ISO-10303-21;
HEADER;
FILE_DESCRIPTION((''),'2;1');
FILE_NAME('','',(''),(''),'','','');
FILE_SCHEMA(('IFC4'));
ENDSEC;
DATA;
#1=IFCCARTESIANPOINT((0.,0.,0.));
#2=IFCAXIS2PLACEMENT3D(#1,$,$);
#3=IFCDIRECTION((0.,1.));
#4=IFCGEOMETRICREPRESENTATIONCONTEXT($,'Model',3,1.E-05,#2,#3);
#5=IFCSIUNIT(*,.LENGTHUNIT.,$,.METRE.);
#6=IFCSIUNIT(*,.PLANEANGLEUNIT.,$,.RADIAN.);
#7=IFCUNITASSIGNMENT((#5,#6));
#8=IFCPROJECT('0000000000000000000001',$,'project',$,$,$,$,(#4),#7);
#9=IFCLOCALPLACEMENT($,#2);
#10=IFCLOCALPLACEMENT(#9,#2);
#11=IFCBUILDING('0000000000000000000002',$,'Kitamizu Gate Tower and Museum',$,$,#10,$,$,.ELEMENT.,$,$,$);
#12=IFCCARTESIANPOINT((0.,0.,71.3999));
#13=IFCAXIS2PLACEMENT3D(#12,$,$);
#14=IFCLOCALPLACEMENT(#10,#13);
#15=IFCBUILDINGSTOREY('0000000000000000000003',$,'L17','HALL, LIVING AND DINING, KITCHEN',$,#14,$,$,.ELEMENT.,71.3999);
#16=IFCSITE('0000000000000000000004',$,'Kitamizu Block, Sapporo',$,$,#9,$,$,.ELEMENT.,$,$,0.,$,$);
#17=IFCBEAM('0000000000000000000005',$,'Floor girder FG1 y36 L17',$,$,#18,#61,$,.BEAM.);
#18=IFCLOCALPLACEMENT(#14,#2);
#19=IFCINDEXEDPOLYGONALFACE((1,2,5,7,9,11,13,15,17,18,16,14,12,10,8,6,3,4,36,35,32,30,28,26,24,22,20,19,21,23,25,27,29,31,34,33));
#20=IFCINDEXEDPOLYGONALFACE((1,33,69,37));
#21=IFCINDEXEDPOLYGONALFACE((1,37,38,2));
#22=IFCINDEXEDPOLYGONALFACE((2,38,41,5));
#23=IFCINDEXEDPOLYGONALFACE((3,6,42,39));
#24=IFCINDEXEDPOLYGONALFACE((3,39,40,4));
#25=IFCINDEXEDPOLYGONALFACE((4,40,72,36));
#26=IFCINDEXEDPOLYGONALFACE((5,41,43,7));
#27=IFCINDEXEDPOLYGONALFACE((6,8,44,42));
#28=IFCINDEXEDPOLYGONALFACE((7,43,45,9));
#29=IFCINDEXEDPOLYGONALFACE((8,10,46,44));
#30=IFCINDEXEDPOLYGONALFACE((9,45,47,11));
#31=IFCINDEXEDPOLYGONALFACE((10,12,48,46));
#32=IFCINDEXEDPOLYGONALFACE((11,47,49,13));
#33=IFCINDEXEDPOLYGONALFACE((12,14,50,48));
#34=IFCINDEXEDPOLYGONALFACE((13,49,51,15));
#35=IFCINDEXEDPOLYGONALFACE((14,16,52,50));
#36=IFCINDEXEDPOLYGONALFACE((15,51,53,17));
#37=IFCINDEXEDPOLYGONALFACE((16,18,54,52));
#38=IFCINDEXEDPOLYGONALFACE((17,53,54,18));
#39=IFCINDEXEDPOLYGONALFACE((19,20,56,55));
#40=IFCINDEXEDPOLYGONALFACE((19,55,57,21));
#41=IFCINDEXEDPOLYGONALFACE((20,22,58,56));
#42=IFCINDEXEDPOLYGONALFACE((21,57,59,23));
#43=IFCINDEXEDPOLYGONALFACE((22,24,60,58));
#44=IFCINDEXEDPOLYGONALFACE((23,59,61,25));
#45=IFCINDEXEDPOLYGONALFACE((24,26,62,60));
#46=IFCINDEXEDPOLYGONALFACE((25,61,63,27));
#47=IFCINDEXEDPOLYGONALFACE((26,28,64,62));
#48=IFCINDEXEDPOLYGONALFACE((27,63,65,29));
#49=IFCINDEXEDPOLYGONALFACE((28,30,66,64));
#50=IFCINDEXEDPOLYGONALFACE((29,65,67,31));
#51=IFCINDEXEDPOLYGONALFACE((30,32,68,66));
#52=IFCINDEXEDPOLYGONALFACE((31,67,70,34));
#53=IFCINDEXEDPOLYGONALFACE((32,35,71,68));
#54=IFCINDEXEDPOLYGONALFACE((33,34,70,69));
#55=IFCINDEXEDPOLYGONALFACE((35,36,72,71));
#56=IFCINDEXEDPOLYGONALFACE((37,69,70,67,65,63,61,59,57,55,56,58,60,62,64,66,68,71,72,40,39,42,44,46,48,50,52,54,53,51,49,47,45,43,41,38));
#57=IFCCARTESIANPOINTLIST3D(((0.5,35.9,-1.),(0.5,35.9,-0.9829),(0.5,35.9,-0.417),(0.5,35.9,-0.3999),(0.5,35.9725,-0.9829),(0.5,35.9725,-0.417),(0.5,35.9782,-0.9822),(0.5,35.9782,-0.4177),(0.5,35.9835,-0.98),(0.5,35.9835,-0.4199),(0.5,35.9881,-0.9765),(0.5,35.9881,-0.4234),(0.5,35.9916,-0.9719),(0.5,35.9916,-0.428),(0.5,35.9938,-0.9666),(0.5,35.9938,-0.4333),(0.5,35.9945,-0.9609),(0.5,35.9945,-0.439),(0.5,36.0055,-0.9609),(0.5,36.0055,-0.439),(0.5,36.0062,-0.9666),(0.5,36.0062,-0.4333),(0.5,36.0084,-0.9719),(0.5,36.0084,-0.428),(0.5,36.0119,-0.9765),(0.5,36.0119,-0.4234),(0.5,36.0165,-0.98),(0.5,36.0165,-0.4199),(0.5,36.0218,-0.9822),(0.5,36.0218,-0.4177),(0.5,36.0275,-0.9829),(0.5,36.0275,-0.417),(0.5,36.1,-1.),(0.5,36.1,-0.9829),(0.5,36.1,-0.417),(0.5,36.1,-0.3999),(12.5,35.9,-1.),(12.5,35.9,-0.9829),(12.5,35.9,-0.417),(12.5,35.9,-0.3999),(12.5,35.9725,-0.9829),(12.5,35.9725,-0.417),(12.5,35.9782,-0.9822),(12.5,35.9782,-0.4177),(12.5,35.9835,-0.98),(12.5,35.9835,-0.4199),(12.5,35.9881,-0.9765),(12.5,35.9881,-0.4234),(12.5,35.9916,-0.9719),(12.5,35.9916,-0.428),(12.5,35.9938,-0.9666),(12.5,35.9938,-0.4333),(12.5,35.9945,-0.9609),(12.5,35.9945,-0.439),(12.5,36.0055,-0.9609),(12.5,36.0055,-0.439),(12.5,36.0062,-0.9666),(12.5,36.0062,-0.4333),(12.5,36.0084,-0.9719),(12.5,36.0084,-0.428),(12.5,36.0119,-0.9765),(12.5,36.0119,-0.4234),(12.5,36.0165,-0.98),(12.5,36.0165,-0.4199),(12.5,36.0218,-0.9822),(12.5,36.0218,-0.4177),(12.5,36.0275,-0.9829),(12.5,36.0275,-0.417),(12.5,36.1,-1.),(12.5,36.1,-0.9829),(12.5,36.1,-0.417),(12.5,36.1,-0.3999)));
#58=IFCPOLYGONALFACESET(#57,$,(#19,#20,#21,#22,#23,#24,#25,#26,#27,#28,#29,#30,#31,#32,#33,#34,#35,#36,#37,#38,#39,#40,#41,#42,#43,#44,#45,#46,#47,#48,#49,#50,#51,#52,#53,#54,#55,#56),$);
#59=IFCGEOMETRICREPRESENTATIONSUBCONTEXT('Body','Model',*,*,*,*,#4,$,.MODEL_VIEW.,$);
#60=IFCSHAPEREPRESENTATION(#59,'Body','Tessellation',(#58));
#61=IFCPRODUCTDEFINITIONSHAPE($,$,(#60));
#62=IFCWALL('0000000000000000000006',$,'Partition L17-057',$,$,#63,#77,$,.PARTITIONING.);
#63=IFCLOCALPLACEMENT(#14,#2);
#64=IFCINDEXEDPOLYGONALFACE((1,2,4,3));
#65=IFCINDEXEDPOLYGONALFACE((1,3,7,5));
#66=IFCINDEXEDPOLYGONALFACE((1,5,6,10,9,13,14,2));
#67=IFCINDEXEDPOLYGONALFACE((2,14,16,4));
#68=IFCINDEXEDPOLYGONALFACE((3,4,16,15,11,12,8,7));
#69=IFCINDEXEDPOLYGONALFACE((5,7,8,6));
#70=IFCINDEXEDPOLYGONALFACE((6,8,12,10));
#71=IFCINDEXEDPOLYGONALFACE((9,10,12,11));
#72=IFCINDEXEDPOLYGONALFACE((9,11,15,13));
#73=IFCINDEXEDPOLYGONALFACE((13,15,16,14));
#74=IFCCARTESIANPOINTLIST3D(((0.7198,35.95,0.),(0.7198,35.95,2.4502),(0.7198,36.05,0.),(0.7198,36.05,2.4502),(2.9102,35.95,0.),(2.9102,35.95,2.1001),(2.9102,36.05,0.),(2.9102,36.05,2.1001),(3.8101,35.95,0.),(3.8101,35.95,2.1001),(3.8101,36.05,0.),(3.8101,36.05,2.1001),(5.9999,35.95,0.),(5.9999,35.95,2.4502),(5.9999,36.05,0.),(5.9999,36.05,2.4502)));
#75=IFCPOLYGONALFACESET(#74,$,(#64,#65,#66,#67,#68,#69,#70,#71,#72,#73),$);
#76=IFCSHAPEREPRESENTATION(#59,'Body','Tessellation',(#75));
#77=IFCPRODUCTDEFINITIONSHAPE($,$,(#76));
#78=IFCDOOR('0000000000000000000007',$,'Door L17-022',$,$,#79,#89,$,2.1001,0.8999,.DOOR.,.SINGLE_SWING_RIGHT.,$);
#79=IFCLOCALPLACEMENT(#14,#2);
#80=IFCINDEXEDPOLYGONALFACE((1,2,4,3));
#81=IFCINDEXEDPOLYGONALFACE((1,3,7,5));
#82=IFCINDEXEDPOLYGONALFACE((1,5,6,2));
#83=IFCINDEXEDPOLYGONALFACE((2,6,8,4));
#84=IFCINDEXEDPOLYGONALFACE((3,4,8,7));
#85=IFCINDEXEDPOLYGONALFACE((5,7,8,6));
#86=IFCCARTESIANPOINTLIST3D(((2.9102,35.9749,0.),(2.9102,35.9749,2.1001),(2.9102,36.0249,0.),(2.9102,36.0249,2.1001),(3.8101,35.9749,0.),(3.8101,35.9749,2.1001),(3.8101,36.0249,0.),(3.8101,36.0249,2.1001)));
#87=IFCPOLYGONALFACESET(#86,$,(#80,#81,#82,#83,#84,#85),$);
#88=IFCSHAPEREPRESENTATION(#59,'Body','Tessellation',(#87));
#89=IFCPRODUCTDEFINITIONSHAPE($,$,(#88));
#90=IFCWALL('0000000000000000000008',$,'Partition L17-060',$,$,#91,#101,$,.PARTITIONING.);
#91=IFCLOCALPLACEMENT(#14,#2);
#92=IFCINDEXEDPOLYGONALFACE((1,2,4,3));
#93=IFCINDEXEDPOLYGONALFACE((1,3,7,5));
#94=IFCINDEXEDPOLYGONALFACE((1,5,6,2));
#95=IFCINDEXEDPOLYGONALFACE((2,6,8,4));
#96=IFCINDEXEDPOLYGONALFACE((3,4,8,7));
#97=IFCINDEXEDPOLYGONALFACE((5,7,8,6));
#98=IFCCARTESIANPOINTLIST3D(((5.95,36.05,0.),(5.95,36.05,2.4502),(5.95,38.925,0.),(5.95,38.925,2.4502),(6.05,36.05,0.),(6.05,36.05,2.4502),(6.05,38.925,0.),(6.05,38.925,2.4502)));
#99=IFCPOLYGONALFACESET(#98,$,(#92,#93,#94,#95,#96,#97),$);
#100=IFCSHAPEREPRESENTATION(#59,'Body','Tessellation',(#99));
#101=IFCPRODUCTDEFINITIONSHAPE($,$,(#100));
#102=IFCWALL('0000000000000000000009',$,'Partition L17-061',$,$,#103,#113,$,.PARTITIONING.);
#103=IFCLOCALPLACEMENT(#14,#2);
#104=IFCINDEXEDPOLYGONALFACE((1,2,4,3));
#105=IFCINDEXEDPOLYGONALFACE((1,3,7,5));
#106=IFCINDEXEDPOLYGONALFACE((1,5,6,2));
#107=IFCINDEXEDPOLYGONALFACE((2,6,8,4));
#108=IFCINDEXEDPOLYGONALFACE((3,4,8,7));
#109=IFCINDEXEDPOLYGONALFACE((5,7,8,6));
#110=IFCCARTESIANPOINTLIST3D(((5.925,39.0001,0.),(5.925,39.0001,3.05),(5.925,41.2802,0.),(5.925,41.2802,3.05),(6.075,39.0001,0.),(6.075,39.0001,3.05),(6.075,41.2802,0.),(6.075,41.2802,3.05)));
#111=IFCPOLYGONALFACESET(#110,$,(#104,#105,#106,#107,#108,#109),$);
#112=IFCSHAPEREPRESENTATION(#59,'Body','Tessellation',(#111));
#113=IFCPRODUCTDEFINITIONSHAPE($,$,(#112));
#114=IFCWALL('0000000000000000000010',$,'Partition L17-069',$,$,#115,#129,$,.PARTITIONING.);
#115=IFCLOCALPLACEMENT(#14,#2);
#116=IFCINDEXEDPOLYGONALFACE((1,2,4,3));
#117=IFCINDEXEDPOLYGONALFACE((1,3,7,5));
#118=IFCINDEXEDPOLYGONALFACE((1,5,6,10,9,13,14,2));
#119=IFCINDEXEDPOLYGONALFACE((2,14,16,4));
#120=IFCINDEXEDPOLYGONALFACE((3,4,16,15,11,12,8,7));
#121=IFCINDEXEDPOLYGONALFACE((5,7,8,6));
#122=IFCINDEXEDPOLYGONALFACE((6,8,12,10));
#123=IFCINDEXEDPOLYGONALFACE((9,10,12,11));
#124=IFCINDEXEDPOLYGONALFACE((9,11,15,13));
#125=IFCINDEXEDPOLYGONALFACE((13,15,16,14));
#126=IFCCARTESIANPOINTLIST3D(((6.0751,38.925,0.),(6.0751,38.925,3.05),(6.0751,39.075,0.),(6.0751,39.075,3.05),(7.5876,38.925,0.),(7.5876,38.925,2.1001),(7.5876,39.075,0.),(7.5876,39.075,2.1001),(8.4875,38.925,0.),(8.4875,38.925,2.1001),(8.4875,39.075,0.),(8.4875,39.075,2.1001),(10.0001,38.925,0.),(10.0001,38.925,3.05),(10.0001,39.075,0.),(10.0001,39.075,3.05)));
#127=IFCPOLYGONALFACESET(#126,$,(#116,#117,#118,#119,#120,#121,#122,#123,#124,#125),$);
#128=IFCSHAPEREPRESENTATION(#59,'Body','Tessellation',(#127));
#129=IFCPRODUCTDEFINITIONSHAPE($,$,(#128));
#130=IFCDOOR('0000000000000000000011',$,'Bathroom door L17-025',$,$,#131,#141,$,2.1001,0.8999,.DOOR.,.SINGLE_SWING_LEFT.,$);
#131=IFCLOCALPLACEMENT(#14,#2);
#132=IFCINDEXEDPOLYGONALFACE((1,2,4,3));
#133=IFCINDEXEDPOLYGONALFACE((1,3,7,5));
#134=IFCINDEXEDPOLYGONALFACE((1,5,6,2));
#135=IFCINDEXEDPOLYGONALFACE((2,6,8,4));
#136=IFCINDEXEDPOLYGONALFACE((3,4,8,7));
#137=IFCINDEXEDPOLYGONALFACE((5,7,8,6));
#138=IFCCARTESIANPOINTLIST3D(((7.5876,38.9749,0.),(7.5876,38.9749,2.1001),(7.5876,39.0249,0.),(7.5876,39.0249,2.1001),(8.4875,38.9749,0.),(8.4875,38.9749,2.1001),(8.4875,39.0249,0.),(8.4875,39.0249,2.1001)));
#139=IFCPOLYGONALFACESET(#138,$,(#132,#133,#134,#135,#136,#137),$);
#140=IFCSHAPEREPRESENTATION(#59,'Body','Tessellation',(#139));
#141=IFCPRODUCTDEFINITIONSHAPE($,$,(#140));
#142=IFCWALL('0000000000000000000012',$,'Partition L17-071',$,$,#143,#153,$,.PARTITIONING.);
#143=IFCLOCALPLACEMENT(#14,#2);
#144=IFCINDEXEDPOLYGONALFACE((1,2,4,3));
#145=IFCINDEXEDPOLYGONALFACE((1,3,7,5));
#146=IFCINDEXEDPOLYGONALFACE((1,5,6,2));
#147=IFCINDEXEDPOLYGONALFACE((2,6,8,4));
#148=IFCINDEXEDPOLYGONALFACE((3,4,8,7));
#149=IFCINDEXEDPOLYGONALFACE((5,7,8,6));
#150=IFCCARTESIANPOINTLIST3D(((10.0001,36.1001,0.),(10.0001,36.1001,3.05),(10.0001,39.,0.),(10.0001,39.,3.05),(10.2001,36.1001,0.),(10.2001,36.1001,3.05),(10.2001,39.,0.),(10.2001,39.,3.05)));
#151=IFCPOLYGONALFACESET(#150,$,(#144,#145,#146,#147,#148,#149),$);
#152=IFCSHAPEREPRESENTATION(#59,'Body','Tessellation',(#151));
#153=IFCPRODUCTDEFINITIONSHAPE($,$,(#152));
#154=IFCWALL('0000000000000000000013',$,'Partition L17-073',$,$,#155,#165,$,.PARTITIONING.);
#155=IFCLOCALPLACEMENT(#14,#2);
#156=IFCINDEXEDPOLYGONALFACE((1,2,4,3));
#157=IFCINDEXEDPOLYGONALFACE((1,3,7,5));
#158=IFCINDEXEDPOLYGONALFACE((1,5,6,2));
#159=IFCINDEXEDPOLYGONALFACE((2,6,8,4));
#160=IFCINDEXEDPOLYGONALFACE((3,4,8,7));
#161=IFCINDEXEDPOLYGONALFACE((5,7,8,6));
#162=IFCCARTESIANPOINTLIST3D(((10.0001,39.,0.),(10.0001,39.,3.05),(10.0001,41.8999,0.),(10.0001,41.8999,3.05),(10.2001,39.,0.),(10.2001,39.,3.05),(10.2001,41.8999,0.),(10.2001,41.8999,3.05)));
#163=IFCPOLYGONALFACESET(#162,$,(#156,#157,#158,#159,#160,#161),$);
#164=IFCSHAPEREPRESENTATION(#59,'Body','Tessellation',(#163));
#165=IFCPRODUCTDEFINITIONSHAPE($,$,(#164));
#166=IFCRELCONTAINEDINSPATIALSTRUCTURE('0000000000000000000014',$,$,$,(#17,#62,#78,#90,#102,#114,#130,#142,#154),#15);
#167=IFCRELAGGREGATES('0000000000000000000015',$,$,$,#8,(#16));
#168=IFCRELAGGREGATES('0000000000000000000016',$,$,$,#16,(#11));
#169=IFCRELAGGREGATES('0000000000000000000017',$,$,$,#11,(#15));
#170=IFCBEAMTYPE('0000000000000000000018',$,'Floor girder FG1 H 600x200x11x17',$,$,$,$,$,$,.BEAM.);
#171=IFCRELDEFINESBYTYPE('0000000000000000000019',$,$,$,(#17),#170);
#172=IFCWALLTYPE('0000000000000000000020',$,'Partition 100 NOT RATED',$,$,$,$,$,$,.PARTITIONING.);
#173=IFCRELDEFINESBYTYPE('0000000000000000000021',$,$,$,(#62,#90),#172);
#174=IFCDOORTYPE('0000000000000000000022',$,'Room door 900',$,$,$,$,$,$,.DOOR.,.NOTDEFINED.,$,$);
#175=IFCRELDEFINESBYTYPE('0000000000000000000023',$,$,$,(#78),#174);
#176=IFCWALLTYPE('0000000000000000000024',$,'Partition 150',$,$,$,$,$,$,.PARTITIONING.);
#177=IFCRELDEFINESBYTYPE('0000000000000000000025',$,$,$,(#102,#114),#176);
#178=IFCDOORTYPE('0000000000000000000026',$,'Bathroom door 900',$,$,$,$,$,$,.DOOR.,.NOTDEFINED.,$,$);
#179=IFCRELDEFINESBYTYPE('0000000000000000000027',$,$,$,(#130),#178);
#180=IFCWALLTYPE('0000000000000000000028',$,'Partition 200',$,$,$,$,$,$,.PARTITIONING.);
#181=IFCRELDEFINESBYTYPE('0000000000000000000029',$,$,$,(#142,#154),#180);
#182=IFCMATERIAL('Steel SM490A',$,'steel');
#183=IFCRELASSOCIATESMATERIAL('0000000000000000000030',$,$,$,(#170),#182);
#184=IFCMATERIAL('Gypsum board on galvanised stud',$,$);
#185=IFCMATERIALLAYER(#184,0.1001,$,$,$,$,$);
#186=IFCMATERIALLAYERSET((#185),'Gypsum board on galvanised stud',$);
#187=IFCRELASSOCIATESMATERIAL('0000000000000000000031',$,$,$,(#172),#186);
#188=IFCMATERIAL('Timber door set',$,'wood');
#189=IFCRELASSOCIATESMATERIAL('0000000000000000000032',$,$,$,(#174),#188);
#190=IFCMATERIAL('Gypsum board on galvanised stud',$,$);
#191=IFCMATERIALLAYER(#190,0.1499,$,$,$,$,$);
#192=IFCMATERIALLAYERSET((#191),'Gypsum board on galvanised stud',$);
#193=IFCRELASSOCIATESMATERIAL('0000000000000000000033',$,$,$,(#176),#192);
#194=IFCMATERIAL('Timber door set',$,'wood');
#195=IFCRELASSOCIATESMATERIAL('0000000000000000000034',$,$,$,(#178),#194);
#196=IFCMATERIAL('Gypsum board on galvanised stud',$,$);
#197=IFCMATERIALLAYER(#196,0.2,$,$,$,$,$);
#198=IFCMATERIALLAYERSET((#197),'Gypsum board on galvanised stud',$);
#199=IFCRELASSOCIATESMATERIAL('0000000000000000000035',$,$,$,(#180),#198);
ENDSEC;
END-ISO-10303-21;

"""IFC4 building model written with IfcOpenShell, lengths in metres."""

from ifc_helpers import new_model, si_unit, direction, frame, frame_2d, origin, origin_2d, place, context, subcontext, project, spatial, rectangle, i_section, extrude, material, layer, layer_set, material_profile, profile_set, type_object, element, fill, save


model = new_model("IFC4")

# Units and contexts
model_context = context("Model", 3, precision=1e-05, world=origin(), true_north=direction((0.0, 1.0)))
body_context = subcontext(model_context, "Body", "Model", "MODEL_VIEW")
ifc_project = project(units=[si_unit("LENGTHUNIT", "METRE"), si_unit("PLANEANGLEUNIT", "RADIAN")], contexts=[model_context])

# Site, building, storey
site_placement = place(None, origin())
site = spatial("IfcSite", under=ifc_project, at=site_placement, Name="Kitamizu Block, Sapporo", CompositionType="ELEMENT", RefElevation=0.0)
building_placement = place(site_placement, origin())
building = spatial("IfcBuilding", under=site, at=building_placement, Name="Kitamizu Gate Tower and Museum", CompositionType="ELEMENT")
storey_placement = place(building_placement, frame((0.0, 0.0, 71.3999)))
storey = spatial("IfcBuildingStorey", under=building, at=storey_placement, Name="L17", Description="HALL, LIVING AND DINING, KITCHEN", CompositionType="ELEMENT", Elevation=71.3999)

# Beam
ifc_material_1 = material(Name="Steel SM490A", Category="steel")
ifc_material_profile = material_profile(ifc_material_1, i_section(OverallWidth=0.2, OverallDepth=0.6001, WebThickness=0.011, FlangeThickness=0.0171, FilletRadius=0.022, at=origin_2d()), Name="H-600x200x11x17")
ifc_profile_set = profile_set([ifc_material_profile], Name="Steel SM490A")
beam_type = type_object("IfcBeamType", Name="Floor girder FG1 H 600x200x11x17", PredefinedType="BEAM", material=ifc_profile_set)
beam_placement = place(storey_placement, frame((0.5, 36.0, -0.7), z_axis=(1.0, 0.0, 0.0), x_axis=(0.0, 1.0, 0.0)))
element("IfcBeam", 1, at=beam_placement, inside=storey, type_object=beam_type, Name="Floor girder FG1 y36 L17", PredefinedType="BEAM", context=body_context, shape_type="SweptSolid", body=[
    extrude(i_section(OverallWidth=0.2, OverallDepth=0.6001, WebThickness=0.011, FlangeThickness=0.0171, FilletRadius=0.022, at=origin_2d()), origin(), (0.0, 0.0, 1.0), 12.0),
])

# Wall, opening, door
ifc_material_2 = material(Name="Gypsum board on galvanised stud")
ifc_layer_1 = layer(ifc_material_2, 0.1001)
ifc_layer_set_1 = layer_set([ifc_layer_1], Name="Gypsum board on galvanised stud")
wall_type_1 = type_object("IfcWallType", Name="Partition 100 NOT RATED", PredefinedType="PARTITIONING", material=ifc_layer_set_1)
wall_1_placement = place(storey_placement, frame((6.0, 36.0, 0.0), z_axis=(0.0, 0.0, 1.0), x_axis=(-1.0, 0.0, 0.0)))
wall_1 = element("IfcWall", 2, at=wall_1_placement, inside=storey, type_object=wall_type_1, Name="Partition L17-057", PredefinedType="PARTITIONING", context=body_context, shape_type="SweptSolid", body=[
    extrude(rectangle(XDim=5.28, YDim=0.1001, at=frame_2d((2.6401, 0.0))), origin(), (0.0, 0.0, 1.0), 2.4502),
])
opening_1_placement = place(wall_1_placement, frame((2.1899, 0.0, 0.0)))
opening_1 = element("IfcOpeningElement", 3, at=opening_1_placement, cuts=wall_1, PredefinedType="OPENING", context=body_context, shape_type="SweptSolid", body=[
    extrude(rectangle(XDim=0.8999, YDim=2.1001, at=frame_2d((0.45, 1.05))), frame((0.0, 0.0601, 0.0), z_axis=(0.0, -1.0, 0.0), x_axis=(1.0, 0.0, 0.0)), (0.0, 0.0, 1.0), 0.1201),
])
ifc_material_3 = material(Name="Timber door set", Category="wood")
door_type_1 = type_object("IfcDoorType", Name="Room door 900", OperationType="NOTDEFINED", PredefinedType="DOOR", material=ifc_material_3)
door_1_placement = place(opening_1_placement, frame((0.8999, 0.0, 0.0), x_axis=(-1.0, 0.0, 0.0)))
door_1 = element("IfcDoor", 4, at=door_1_placement, inside=storey, type_object=door_type_1, Name="Door L17-022", OperationType="SINGLE_SWING_RIGHT", OverallHeight=2.1001, OverallWidth=0.8999, PredefinedType="DOOR", context=body_context, shape_type="SweptSolid", body=[
    extrude(rectangle(XDim=0.8999, YDim=2.1001, at=frame_2d((0.45, 1.05))), frame((0.0, 0.0249, 0.0), z_axis=(0.0, -1.0, 0.0), x_axis=(1.0, 0.0, 0.0)), (0.0, 0.0, 1.0), 0.05),
])
fill(opening_1, door_1)

# Walls
wall_2_placement = place(storey_placement, frame((6.0, 36.05, 0.0), z_axis=(0.0, 0.0, 1.0), x_axis=(0.0, 1.0, 0.0)))
element("IfcWall", 5, at=wall_2_placement, inside=storey, type_object=wall_type_1, Name="Partition L17-060", PredefinedType="PARTITIONING", context=body_context, shape_type="SweptSolid", body=[
    extrude(rectangle(XDim=2.875, YDim=0.1001, at=frame_2d((1.4375, 0.0))), origin(), (0.0, 0.0, 1.0), 2.4502),
])
ifc_material_4 = material(Name="Gypsum board on galvanised stud")
ifc_layer_2 = layer(ifc_material_4, 0.1499)
ifc_layer_set_2 = layer_set([ifc_layer_2], Name="Gypsum board on galvanised stud")
wall_type_2 = type_object("IfcWallType", Name="Partition 150", PredefinedType="PARTITIONING", material=ifc_layer_set_2)
wall_3_placement = place(storey_placement, frame((6.0, 39.0, 0.0), z_axis=(0.0, 0.0, 1.0), x_axis=(0.0, 1.0, 0.0)))
element("IfcWall", 6, at=wall_3_placement, inside=storey, type_object=wall_type_2, Name="Partition L17-061", PredefinedType="PARTITIONING", context=body_context, shape_type="SweptSolid", body=[
    extrude(rectangle(XDim=2.28, YDim=0.1499, at=frame_2d((1.1401, 0.0))), origin(), (0.0, 0.0, 1.0), 3.05),
])

# Wall, opening, door
wall_4_placement = place(storey_placement, frame((10.0, 39.0, 0.0), z_axis=(0.0, 0.0, 1.0), x_axis=(-1.0, 0.0, 0.0)))
wall_4 = element("IfcWall", 7, at=wall_4_placement, inside=storey, type_object=wall_type_2, Name="Partition L17-069", PredefinedType="PARTITIONING", context=body_context, shape_type="SweptSolid", body=[
    extrude(rectangle(XDim=3.925, YDim=0.1499, at=frame_2d((1.9624, 0.0))), origin(), (0.0, 0.0, 1.0), 3.05),
])
opening_2_placement = place(wall_4_placement, frame((1.5125, 0.0, 0.0)))
opening_2 = element("IfcOpeningElement", 8, at=opening_2_placement, cuts=wall_4, PredefinedType="OPENING", context=body_context, shape_type="SweptSolid", body=[
    extrude(rectangle(XDim=0.8999, YDim=2.1001, at=frame_2d((0.45, 1.05))), frame((0.0, 0.085, 0.0), z_axis=(0.0, -1.0, 0.0), x_axis=(1.0, 0.0, 0.0)), (0.0, 0.0, 1.0), 0.1699),
])
ifc_material_5 = material(Name="Timber door set", Category="wood")
door_type_2 = type_object("IfcDoorType", Name="Bathroom door 900", OperationType="NOTDEFINED", PredefinedType="DOOR", material=ifc_material_5)
door_2_placement = place(opening_2_placement, frame((0.8999, 0.0, 0.0), x_axis=(-1.0, 0.0, 0.0)))
door_2 = element("IfcDoor", 9, at=door_2_placement, inside=storey, type_object=door_type_2, Name="Bathroom door L17-025", OperationType="SINGLE_SWING_LEFT", OverallHeight=2.1001, OverallWidth=0.8999, PredefinedType="DOOR", context=body_context, shape_type="SweptSolid", body=[
    extrude(rectangle(XDim=0.8999, YDim=2.1001, at=frame_2d((0.45, 1.05))), frame((0.0, 0.0249, 0.0), z_axis=(0.0, -1.0, 0.0), x_axis=(1.0, 0.0, 0.0)), (0.0, 0.0, 1.0), 0.05),
])
fill(opening_2, door_2)

# Walls
ifc_material_6 = material(Name="Gypsum board on galvanised stud")
ifc_layer_3 = layer(ifc_material_6, 0.2)
ifc_layer_set_3 = layer_set([ifc_layer_3], Name="Gypsum board on galvanised stud")
wall_type_3 = type_object("IfcWallType", Name="Partition 200", PredefinedType="PARTITIONING", material=ifc_layer_set_3)
for number, where, z_axis, x_axis, name in (
    (10, (10.1001, 36.1001, 0.0), (0.0, 0.0, 1.0), (0.0, 1.0, 0.0), "Partition L17-071"),
    (11, (10.1001, 39.0, 0.0), (0.0, 0.0, 1.0), (0.0, 1.0, 0.0), "Partition L17-073"),
):
    element("IfcWall", number, at=place(storey_placement, frame(where, z_axis=z_axis, x_axis=x_axis)), inside=storey, type_object=wall_type_3, Name=name, PredefinedType="PARTITIONING", context=body_context, shape_type="SweptSolid", body=[
        extrude(rectangle(XDim=2.8999, YDim=0.2, at=frame_2d((1.45, 0.0))), origin(), (0.0, 0.0, 1.0), 3.05),
    ])

save(model, "model.ifc")
